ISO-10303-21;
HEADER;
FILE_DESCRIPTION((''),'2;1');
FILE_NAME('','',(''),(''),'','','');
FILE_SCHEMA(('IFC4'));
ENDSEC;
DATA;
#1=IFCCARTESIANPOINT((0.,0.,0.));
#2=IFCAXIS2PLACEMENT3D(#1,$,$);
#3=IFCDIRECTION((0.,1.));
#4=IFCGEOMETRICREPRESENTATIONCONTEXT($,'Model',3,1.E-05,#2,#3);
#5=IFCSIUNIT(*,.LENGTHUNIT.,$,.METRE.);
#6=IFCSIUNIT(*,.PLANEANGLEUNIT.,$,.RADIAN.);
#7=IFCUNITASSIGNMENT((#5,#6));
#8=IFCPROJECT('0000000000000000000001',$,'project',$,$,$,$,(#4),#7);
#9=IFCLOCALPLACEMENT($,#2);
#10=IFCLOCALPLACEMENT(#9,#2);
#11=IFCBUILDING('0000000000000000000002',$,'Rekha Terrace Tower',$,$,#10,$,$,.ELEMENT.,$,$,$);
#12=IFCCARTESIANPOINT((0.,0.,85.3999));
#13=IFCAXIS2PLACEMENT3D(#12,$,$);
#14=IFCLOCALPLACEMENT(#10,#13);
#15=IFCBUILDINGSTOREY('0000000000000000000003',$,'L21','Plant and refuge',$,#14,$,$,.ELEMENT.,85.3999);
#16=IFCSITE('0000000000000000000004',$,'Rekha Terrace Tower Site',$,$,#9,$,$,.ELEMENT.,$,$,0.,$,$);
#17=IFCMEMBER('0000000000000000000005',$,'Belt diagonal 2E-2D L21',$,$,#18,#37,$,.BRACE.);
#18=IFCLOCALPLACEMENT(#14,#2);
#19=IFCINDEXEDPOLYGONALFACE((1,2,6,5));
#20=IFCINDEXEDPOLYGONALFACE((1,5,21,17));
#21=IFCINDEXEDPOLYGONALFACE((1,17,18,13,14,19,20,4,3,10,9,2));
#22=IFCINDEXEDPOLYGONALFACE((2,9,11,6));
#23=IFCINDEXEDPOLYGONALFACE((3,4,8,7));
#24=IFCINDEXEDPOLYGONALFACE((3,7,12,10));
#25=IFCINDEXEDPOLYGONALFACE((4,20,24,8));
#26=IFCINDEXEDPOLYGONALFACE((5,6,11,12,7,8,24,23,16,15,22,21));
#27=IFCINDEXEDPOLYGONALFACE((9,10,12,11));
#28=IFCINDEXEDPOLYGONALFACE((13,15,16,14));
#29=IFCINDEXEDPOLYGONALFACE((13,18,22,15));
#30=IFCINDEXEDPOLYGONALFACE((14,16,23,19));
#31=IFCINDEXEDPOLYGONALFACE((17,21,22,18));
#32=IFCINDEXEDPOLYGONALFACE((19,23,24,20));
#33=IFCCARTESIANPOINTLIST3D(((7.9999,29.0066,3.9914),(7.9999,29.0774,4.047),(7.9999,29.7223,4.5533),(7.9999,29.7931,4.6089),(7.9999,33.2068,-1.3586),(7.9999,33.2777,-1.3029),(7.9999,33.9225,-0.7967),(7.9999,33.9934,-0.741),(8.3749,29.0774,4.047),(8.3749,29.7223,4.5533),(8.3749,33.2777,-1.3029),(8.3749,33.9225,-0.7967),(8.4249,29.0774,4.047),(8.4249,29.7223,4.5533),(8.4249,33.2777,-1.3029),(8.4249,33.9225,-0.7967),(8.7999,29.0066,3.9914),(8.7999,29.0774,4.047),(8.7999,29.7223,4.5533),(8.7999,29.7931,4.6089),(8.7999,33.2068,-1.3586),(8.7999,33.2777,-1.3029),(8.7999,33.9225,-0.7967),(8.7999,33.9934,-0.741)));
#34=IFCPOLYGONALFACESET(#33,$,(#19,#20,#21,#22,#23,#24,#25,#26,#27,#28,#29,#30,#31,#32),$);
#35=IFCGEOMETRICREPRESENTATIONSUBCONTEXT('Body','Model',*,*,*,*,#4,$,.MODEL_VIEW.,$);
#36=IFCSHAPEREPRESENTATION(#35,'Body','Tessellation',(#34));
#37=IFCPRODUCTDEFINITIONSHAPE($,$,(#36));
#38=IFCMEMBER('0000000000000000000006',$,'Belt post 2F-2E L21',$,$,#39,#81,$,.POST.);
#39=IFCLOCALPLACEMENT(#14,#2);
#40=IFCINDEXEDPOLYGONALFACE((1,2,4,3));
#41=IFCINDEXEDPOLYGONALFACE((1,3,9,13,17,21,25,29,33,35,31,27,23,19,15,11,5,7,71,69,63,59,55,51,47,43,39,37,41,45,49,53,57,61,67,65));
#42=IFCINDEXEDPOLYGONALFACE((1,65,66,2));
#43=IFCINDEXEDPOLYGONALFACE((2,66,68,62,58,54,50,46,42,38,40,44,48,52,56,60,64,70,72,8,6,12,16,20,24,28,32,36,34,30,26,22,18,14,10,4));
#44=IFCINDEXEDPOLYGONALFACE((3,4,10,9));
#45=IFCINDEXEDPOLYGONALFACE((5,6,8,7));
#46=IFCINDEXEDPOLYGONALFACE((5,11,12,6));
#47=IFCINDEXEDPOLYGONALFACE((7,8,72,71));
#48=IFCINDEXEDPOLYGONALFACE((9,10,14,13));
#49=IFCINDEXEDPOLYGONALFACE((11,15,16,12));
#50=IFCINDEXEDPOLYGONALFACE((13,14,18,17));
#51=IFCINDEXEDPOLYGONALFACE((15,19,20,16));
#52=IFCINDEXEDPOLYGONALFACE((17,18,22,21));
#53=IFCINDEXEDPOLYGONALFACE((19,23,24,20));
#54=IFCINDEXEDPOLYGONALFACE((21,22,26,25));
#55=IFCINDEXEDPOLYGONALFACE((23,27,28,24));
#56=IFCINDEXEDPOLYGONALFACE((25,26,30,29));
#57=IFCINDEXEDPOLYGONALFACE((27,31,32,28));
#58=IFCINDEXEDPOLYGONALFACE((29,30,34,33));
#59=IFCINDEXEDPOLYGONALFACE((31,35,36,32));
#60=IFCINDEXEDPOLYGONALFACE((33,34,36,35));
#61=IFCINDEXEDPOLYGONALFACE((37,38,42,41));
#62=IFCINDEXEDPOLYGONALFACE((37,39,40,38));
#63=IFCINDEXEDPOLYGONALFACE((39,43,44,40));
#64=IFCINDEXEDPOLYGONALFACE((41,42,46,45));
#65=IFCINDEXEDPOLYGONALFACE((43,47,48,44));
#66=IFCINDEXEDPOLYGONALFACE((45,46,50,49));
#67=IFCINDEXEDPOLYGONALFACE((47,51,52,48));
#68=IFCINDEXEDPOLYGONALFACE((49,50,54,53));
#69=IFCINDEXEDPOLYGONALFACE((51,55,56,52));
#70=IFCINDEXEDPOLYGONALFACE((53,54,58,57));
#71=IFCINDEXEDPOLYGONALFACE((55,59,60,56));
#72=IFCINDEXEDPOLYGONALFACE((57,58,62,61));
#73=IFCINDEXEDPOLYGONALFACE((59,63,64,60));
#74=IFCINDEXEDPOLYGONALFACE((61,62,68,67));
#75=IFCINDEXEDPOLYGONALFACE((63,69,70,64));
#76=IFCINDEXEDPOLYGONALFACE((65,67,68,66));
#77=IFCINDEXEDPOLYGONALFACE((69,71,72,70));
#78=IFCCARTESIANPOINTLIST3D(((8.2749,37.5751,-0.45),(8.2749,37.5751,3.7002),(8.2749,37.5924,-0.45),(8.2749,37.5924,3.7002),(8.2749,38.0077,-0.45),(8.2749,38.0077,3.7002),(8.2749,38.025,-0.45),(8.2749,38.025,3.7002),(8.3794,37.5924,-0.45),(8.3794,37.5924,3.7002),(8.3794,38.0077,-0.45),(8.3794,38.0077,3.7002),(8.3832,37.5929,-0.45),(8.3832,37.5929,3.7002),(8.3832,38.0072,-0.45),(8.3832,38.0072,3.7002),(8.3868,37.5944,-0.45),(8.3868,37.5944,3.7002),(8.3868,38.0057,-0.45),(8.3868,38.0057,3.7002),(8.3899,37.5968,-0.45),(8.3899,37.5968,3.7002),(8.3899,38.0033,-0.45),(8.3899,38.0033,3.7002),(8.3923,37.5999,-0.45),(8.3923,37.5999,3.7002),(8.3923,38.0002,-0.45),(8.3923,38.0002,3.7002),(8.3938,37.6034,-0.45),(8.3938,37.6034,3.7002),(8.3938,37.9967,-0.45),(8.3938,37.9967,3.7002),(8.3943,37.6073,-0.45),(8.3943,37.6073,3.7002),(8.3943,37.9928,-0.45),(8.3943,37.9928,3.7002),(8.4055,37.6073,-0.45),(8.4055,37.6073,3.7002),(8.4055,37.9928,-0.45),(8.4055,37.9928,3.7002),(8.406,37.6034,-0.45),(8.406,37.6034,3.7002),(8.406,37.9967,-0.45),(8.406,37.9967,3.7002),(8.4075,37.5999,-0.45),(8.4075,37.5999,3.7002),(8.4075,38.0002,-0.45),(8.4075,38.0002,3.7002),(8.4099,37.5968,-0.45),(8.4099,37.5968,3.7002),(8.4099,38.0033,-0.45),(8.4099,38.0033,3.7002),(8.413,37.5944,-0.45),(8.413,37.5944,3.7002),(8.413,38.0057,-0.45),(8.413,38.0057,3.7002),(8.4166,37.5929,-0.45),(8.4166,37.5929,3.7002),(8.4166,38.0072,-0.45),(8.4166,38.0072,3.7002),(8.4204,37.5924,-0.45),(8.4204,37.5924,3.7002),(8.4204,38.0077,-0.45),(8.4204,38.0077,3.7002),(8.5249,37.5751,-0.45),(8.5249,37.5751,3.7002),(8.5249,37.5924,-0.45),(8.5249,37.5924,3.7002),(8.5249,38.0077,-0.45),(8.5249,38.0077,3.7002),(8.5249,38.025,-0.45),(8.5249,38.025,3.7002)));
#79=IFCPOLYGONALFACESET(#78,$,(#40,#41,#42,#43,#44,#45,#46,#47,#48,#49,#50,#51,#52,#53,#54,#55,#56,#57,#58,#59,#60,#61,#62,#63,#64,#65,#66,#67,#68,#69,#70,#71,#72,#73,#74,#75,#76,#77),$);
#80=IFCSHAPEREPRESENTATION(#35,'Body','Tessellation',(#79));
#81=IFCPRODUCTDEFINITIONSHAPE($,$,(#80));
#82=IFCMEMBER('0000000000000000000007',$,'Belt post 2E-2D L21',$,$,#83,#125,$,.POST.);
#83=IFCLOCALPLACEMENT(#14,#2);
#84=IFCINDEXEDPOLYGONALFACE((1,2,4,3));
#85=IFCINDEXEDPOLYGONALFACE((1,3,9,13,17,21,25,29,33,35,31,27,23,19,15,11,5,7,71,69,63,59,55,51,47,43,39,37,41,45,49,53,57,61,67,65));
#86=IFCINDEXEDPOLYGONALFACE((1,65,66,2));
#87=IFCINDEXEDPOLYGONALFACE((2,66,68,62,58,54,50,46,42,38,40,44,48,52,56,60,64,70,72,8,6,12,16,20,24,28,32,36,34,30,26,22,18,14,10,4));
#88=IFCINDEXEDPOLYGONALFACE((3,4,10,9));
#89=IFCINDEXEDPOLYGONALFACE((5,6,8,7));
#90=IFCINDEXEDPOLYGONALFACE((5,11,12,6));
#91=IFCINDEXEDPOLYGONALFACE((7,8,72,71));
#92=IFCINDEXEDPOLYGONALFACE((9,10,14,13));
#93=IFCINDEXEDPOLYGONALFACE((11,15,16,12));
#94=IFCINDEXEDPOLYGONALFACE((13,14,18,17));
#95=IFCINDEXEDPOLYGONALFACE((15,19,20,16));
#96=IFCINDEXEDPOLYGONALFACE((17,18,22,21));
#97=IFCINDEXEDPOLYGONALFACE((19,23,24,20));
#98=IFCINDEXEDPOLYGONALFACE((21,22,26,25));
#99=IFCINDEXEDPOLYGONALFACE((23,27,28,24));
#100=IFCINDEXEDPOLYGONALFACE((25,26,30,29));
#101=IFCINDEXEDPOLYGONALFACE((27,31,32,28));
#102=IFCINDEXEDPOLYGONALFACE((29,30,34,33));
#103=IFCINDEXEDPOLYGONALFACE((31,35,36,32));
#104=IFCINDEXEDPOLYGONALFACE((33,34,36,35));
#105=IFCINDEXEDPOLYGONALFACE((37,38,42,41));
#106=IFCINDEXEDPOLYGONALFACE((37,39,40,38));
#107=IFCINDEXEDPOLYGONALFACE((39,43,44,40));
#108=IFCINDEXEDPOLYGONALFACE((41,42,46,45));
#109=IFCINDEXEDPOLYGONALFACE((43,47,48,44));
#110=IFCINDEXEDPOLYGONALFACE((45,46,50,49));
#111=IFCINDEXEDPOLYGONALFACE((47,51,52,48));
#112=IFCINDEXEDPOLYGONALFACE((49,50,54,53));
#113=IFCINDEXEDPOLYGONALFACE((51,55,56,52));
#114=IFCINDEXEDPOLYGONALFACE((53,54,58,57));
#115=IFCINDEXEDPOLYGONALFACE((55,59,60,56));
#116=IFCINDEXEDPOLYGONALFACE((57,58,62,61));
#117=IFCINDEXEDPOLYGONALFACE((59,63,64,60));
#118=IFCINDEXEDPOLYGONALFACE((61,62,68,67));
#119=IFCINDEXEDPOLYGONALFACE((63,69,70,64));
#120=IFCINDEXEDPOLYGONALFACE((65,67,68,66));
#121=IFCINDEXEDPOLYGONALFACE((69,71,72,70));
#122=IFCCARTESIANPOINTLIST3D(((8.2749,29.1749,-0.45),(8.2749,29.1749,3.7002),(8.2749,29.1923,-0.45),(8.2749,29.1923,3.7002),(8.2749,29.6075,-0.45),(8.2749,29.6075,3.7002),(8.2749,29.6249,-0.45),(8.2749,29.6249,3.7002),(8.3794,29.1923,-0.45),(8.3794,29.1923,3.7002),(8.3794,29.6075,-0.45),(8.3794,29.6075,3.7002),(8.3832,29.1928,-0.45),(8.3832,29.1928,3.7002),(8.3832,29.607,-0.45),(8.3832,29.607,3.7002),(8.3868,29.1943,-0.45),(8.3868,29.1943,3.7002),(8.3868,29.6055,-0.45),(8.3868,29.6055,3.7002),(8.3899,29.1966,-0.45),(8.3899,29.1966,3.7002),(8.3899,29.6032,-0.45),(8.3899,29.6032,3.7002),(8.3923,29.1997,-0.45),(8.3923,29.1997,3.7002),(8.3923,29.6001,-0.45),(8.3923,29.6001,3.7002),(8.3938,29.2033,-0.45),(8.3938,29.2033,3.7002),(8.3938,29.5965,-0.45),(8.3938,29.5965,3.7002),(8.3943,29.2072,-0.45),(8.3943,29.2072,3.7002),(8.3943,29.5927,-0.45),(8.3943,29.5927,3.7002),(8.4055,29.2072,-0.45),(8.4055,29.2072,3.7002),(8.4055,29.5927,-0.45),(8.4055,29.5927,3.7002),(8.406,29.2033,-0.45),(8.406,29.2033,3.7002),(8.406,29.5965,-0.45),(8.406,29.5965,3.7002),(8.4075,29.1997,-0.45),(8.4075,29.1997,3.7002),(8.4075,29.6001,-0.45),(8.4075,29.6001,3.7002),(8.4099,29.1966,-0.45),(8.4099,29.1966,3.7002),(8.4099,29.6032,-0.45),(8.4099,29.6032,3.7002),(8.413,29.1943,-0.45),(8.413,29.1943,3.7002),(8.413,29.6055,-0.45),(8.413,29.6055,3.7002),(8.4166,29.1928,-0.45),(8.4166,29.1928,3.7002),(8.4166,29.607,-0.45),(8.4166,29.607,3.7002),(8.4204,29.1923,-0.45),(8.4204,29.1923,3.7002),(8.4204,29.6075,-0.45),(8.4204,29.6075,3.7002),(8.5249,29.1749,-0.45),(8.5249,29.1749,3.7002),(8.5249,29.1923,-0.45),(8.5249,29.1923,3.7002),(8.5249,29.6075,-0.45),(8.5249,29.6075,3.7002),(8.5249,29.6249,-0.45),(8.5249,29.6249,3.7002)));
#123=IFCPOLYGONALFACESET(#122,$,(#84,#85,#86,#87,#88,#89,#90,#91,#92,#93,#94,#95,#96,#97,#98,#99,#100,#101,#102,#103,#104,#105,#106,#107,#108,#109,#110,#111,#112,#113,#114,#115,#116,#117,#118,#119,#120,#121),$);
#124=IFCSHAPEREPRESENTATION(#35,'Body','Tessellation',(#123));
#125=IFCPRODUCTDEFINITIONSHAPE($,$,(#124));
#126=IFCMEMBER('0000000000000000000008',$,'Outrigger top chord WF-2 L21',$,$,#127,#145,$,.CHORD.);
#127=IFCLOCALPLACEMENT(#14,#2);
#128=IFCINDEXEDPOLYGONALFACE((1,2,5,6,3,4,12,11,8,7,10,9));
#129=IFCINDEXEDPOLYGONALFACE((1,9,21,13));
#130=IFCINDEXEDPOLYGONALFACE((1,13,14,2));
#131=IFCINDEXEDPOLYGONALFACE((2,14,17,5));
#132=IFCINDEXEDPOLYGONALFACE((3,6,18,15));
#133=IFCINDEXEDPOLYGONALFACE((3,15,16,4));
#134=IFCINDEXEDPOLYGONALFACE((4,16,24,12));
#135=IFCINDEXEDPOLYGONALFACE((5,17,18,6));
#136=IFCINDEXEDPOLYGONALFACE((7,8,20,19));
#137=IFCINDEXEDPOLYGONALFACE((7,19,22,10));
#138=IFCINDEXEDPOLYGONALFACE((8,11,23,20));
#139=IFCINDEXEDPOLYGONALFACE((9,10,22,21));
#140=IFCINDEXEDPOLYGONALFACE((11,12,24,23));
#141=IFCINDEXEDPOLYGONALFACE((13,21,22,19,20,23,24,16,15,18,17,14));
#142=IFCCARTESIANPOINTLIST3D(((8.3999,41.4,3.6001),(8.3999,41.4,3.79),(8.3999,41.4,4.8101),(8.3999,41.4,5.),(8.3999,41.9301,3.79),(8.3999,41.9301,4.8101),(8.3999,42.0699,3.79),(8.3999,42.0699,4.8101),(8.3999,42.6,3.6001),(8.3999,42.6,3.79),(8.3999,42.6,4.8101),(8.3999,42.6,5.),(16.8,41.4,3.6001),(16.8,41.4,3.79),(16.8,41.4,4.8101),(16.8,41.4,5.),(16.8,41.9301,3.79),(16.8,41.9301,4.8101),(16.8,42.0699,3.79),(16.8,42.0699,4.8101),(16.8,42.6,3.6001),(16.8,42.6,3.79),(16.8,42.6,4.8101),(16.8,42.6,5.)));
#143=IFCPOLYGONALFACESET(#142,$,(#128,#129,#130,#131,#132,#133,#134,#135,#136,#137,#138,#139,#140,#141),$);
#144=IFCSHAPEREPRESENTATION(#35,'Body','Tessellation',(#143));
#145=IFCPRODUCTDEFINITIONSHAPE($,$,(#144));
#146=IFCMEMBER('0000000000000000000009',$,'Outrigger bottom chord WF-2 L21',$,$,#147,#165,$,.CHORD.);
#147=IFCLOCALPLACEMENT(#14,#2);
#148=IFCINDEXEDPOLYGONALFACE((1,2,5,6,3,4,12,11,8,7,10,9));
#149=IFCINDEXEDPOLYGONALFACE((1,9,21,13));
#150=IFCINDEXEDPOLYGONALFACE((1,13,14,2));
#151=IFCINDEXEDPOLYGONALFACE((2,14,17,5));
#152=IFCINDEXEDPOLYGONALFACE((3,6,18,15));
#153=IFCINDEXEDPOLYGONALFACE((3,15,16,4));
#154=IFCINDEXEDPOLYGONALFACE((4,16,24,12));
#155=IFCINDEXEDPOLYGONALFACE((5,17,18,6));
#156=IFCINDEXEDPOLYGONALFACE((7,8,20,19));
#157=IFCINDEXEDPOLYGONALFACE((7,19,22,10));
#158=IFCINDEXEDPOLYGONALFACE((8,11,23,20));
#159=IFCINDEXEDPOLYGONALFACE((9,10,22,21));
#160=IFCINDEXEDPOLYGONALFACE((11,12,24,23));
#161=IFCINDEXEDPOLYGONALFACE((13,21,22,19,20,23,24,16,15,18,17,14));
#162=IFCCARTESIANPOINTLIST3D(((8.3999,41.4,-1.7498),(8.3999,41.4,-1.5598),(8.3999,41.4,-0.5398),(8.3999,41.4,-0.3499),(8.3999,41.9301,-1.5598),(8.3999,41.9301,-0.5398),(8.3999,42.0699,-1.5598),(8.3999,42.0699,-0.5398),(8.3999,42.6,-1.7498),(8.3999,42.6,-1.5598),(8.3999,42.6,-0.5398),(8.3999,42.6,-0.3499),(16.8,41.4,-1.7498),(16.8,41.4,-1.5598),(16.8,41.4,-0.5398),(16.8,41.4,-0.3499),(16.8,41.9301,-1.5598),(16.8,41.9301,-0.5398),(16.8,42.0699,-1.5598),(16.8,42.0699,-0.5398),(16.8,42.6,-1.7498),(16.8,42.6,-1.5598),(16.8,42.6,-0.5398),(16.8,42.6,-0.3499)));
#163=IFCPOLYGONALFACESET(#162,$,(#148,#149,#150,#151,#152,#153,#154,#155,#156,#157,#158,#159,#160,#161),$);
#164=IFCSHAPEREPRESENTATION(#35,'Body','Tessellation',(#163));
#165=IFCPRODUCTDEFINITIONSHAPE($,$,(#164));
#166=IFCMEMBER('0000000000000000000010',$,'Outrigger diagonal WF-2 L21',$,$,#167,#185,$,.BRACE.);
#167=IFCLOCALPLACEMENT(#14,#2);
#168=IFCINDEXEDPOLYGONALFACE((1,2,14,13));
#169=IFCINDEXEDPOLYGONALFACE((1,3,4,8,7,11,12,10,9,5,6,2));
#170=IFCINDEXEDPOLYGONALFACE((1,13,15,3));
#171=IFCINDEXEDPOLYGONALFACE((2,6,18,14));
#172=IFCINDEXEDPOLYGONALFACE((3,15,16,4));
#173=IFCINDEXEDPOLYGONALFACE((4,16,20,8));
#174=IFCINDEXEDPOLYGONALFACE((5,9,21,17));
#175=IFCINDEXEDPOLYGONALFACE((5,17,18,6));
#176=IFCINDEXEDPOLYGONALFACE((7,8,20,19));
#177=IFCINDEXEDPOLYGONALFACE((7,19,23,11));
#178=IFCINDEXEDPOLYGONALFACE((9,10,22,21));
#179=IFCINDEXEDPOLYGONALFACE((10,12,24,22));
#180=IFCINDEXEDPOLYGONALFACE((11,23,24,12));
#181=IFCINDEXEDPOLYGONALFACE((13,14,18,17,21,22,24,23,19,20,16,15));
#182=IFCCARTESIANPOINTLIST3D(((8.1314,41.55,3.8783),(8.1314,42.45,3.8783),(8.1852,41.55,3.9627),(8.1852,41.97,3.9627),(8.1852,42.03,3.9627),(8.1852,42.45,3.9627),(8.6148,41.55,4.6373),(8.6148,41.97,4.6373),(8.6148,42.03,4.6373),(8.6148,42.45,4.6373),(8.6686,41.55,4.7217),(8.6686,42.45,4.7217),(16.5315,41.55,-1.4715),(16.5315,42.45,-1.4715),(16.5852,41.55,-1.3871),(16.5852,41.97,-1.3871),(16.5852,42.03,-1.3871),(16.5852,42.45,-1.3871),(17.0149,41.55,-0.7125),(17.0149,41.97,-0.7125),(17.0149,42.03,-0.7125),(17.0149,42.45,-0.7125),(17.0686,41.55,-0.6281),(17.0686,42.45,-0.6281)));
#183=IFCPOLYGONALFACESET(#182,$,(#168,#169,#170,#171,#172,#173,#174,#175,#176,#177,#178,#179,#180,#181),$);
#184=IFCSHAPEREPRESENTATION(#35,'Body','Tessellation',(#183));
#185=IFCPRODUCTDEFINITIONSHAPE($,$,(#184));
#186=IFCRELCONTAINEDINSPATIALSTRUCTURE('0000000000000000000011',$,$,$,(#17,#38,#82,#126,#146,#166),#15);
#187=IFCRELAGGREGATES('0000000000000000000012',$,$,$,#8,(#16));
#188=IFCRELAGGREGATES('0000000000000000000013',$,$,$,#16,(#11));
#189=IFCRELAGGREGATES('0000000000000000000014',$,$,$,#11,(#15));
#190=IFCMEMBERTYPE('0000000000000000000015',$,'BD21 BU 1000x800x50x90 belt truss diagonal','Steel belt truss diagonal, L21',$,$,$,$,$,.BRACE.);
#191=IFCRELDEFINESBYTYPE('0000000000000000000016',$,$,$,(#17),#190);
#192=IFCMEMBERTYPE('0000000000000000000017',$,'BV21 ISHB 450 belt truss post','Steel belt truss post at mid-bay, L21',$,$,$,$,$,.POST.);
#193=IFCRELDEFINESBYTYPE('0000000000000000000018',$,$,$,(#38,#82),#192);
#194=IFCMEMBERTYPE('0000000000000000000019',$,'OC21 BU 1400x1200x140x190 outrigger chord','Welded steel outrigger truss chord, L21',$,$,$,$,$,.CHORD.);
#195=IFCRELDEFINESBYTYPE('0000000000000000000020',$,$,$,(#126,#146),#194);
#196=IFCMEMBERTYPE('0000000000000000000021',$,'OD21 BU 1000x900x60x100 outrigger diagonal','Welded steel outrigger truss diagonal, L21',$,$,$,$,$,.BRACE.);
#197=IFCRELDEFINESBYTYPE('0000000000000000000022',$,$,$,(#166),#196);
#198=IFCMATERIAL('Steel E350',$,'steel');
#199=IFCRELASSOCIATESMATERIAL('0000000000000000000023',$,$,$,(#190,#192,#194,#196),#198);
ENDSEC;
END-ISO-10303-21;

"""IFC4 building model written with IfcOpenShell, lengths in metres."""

from ifc_helpers import new_model, si_unit, direction, frame, origin, origin_2d, place, context, subcontext, project, spatial, i_section, extrude, material, material_profile, profile_set, type_object, element, save


model = new_model("IFC4")

# Units and contexts
model_context = context("Model", 3, precision=1e-05, world=origin(), true_north=direction((0.0, 1.0)))
body_context = subcontext(model_context, "Body", "Model", "MODEL_VIEW")
ifc_project = project(units=[si_unit("LENGTHUNIT", "METRE"), si_unit("PLANEANGLEUNIT", "RADIAN")], contexts=[model_context])

# Site, building, storey
site_placement = place(None, origin())
site = spatial("IfcSite", under=ifc_project, at=site_placement, Name="Rekha Terrace Tower Site", CompositionType="ELEMENT", RefElevation=0.0)
building_placement = place(site_placement, origin())
building = spatial("IfcBuilding", under=site, at=building_placement, Name="Rekha Terrace Tower", CompositionType="ELEMENT")
storey_placement = place(building_placement, frame((0.0, 0.0, 85.3999)))
storey = spatial("IfcBuildingStorey", under=building, at=storey_placement, Name="L21", Description="Plant and refuge", CompositionType="ELEMENT", Elevation=85.3999)

# Members
ifc_material_1 = material(Name="Steel E350", Category="steel")
ifc_material_profile_1 = material_profile(ifc_material_1, i_section(OverallWidth=0.8, OverallDepth=1.0, WebThickness=0.05, FlangeThickness=0.0901, at=origin_2d()), Name="BU 1000x800x50x90")
ifc_profile_set_1 = profile_set([ifc_material_profile_1], Name="Steel E350")
member_type_1 = type_object("IfcMemberType", Name="BD21 BU 1000x800x50x90 belt truss diagonal", Description="Steel belt truss diagonal, L21", PredefinedType="BRACE", material=ifc_profile_set_1)
member_1_placement = place(storey_placement, frame((8.3999, 33.6001, -1.0498), z_axis=(0.0, -0.617525, 0.786551), x_axis=(1.0, 0.0, 0.0)))
element("IfcMember", 1, at=member_1_placement, inside=storey, type_object=member_type_1, Name="Belt diagonal 2E-2D L21", PredefinedType="BRACE", context=body_context, shape_type="SweptSolid", body=[
    extrude(i_section(OverallWidth=0.8, OverallDepth=1.0, WebThickness=0.05, FlangeThickness=0.0901, at=origin_2d()), origin(), (0.0, 0.0, 1.0), 6.8018),
])
ifc_material_profile_2 = material_profile(ifc_material_1, i_section(OverallWidth=0.25, OverallDepth=0.45, WebThickness=0.0112, FlangeThickness=0.0173, FilletRadius=0.0149, at=origin_2d()), Name="ISHB 450")
ifc_profile_set_2 = profile_set([ifc_material_profile_2], Name="Steel E350")
member_type_2 = type_object("IfcMemberType", Name="BV21 ISHB 450 belt truss post", Description="Steel belt truss post at mid-bay, L21", PredefinedType="POST", material=ifc_profile_set_2)
for number, where, z_axis, x_axis, name in (
    (2, (8.3999, 37.8, -0.45), (0.0, 0.0, 1.0), (1.0, 0.0, 0.0), "Belt post 2F-2E L21"),
    (3, (8.3999, 29.3999, -0.45), (0.0, 0.0, 1.0), (1.0, 0.0, 0.0), "Belt post 2E-2D L21"),
):
    element("IfcMember", number, at=place(storey_placement, frame(where, z_axis=z_axis, x_axis=x_axis)), inside=storey, type_object=member_type_2, Name=name, PredefinedType="POST", context=body_context, shape_type="SweptSolid", body=[
        extrude(i_section(OverallWidth=0.25, OverallDepth=0.45, WebThickness=0.0112, FlangeThickness=0.0173, FilletRadius=0.0149, at=origin_2d()), origin(), (0.0, 0.0, 1.0), 4.1501),
    ])
ifc_material_profile_3 = material_profile(ifc_material_1, i_section(OverallWidth=1.2, OverallDepth=1.3999, WebThickness=0.1399, FlangeThickness=0.1899, at=origin_2d()), Name="BU 1400x1200x140x190")
ifc_profile_set_3 = profile_set([ifc_material_profile_3], Name="Steel E350")
member_type_3 = type_object("IfcMemberType", Name="OC21 BU 1400x1200x140x190 outrigger chord", Description="Welded steel outrigger truss chord, L21", PredefinedType="CHORD", material=ifc_profile_set_3)
for number, where, z_axis, x_axis, name in (
    (4, (16.8, 42.0, 4.3), (-1.0, 0.0, 0.0), (0.0, -1.0, 0.0), "Outrigger top chord WF-2 L21"),
    (5, (16.8, 42.0, -1.0498), (-1.0, 0.0, 0.0), (0.0, -1.0, 0.0), "Outrigger bottom chord WF-2 L21"),
):
    element("IfcMember", number, at=place(storey_placement, frame(where, z_axis=z_axis, x_axis=x_axis)), inside=storey, type_object=member_type_3, Name=name, PredefinedType="CHORD", context=body_context, shape_type="SweptSolid", body=[
        extrude(i_section(OverallWidth=1.2, OverallDepth=1.3999, WebThickness=0.1399, FlangeThickness=0.1899, at=origin_2d()), origin(), (0.0, 0.0, 1.0), 8.4001),
    ])
ifc_material_profile_4 = material_profile(ifc_material_1, i_section(OverallWidth=0.8999, OverallDepth=1.0, WebThickness=0.0601, FlangeThickness=0.1001, at=origin_2d()), Name="BU 1000x900x60x100")
ifc_profile_set_4 = profile_set([ifc_material_profile_4], Name="Steel E350")
member_type_4 = type_object("IfcMemberType", Name="OD21 BU 1000x900x60x100 outrigger diagonal", Description="Welded steel outrigger truss diagonal, L21", PredefinedType="BRACE", material=ifc_profile_set_4)
member_2_placement = place(storey_placement, frame((16.8, 42.0, -1.0498), z_axis=(-0.843466, 0.0, 0.537183), x_axis=(0.0, -1.0, 0.0)))
element("IfcMember", 6, at=member_2_placement, inside=storey, type_object=member_type_4, Name="Outrigger diagonal WF-2 L21", PredefinedType="BRACE", context=body_context, shape_type="SweptSolid", body=[
    extrude(i_section(OverallWidth=0.8999, OverallDepth=1.0, WebThickness=0.0601, FlangeThickness=0.1001, at=origin_2d()), origin(), (0.0, 0.0, 1.0), 9.959),
])

save(model, "model.ifc")
